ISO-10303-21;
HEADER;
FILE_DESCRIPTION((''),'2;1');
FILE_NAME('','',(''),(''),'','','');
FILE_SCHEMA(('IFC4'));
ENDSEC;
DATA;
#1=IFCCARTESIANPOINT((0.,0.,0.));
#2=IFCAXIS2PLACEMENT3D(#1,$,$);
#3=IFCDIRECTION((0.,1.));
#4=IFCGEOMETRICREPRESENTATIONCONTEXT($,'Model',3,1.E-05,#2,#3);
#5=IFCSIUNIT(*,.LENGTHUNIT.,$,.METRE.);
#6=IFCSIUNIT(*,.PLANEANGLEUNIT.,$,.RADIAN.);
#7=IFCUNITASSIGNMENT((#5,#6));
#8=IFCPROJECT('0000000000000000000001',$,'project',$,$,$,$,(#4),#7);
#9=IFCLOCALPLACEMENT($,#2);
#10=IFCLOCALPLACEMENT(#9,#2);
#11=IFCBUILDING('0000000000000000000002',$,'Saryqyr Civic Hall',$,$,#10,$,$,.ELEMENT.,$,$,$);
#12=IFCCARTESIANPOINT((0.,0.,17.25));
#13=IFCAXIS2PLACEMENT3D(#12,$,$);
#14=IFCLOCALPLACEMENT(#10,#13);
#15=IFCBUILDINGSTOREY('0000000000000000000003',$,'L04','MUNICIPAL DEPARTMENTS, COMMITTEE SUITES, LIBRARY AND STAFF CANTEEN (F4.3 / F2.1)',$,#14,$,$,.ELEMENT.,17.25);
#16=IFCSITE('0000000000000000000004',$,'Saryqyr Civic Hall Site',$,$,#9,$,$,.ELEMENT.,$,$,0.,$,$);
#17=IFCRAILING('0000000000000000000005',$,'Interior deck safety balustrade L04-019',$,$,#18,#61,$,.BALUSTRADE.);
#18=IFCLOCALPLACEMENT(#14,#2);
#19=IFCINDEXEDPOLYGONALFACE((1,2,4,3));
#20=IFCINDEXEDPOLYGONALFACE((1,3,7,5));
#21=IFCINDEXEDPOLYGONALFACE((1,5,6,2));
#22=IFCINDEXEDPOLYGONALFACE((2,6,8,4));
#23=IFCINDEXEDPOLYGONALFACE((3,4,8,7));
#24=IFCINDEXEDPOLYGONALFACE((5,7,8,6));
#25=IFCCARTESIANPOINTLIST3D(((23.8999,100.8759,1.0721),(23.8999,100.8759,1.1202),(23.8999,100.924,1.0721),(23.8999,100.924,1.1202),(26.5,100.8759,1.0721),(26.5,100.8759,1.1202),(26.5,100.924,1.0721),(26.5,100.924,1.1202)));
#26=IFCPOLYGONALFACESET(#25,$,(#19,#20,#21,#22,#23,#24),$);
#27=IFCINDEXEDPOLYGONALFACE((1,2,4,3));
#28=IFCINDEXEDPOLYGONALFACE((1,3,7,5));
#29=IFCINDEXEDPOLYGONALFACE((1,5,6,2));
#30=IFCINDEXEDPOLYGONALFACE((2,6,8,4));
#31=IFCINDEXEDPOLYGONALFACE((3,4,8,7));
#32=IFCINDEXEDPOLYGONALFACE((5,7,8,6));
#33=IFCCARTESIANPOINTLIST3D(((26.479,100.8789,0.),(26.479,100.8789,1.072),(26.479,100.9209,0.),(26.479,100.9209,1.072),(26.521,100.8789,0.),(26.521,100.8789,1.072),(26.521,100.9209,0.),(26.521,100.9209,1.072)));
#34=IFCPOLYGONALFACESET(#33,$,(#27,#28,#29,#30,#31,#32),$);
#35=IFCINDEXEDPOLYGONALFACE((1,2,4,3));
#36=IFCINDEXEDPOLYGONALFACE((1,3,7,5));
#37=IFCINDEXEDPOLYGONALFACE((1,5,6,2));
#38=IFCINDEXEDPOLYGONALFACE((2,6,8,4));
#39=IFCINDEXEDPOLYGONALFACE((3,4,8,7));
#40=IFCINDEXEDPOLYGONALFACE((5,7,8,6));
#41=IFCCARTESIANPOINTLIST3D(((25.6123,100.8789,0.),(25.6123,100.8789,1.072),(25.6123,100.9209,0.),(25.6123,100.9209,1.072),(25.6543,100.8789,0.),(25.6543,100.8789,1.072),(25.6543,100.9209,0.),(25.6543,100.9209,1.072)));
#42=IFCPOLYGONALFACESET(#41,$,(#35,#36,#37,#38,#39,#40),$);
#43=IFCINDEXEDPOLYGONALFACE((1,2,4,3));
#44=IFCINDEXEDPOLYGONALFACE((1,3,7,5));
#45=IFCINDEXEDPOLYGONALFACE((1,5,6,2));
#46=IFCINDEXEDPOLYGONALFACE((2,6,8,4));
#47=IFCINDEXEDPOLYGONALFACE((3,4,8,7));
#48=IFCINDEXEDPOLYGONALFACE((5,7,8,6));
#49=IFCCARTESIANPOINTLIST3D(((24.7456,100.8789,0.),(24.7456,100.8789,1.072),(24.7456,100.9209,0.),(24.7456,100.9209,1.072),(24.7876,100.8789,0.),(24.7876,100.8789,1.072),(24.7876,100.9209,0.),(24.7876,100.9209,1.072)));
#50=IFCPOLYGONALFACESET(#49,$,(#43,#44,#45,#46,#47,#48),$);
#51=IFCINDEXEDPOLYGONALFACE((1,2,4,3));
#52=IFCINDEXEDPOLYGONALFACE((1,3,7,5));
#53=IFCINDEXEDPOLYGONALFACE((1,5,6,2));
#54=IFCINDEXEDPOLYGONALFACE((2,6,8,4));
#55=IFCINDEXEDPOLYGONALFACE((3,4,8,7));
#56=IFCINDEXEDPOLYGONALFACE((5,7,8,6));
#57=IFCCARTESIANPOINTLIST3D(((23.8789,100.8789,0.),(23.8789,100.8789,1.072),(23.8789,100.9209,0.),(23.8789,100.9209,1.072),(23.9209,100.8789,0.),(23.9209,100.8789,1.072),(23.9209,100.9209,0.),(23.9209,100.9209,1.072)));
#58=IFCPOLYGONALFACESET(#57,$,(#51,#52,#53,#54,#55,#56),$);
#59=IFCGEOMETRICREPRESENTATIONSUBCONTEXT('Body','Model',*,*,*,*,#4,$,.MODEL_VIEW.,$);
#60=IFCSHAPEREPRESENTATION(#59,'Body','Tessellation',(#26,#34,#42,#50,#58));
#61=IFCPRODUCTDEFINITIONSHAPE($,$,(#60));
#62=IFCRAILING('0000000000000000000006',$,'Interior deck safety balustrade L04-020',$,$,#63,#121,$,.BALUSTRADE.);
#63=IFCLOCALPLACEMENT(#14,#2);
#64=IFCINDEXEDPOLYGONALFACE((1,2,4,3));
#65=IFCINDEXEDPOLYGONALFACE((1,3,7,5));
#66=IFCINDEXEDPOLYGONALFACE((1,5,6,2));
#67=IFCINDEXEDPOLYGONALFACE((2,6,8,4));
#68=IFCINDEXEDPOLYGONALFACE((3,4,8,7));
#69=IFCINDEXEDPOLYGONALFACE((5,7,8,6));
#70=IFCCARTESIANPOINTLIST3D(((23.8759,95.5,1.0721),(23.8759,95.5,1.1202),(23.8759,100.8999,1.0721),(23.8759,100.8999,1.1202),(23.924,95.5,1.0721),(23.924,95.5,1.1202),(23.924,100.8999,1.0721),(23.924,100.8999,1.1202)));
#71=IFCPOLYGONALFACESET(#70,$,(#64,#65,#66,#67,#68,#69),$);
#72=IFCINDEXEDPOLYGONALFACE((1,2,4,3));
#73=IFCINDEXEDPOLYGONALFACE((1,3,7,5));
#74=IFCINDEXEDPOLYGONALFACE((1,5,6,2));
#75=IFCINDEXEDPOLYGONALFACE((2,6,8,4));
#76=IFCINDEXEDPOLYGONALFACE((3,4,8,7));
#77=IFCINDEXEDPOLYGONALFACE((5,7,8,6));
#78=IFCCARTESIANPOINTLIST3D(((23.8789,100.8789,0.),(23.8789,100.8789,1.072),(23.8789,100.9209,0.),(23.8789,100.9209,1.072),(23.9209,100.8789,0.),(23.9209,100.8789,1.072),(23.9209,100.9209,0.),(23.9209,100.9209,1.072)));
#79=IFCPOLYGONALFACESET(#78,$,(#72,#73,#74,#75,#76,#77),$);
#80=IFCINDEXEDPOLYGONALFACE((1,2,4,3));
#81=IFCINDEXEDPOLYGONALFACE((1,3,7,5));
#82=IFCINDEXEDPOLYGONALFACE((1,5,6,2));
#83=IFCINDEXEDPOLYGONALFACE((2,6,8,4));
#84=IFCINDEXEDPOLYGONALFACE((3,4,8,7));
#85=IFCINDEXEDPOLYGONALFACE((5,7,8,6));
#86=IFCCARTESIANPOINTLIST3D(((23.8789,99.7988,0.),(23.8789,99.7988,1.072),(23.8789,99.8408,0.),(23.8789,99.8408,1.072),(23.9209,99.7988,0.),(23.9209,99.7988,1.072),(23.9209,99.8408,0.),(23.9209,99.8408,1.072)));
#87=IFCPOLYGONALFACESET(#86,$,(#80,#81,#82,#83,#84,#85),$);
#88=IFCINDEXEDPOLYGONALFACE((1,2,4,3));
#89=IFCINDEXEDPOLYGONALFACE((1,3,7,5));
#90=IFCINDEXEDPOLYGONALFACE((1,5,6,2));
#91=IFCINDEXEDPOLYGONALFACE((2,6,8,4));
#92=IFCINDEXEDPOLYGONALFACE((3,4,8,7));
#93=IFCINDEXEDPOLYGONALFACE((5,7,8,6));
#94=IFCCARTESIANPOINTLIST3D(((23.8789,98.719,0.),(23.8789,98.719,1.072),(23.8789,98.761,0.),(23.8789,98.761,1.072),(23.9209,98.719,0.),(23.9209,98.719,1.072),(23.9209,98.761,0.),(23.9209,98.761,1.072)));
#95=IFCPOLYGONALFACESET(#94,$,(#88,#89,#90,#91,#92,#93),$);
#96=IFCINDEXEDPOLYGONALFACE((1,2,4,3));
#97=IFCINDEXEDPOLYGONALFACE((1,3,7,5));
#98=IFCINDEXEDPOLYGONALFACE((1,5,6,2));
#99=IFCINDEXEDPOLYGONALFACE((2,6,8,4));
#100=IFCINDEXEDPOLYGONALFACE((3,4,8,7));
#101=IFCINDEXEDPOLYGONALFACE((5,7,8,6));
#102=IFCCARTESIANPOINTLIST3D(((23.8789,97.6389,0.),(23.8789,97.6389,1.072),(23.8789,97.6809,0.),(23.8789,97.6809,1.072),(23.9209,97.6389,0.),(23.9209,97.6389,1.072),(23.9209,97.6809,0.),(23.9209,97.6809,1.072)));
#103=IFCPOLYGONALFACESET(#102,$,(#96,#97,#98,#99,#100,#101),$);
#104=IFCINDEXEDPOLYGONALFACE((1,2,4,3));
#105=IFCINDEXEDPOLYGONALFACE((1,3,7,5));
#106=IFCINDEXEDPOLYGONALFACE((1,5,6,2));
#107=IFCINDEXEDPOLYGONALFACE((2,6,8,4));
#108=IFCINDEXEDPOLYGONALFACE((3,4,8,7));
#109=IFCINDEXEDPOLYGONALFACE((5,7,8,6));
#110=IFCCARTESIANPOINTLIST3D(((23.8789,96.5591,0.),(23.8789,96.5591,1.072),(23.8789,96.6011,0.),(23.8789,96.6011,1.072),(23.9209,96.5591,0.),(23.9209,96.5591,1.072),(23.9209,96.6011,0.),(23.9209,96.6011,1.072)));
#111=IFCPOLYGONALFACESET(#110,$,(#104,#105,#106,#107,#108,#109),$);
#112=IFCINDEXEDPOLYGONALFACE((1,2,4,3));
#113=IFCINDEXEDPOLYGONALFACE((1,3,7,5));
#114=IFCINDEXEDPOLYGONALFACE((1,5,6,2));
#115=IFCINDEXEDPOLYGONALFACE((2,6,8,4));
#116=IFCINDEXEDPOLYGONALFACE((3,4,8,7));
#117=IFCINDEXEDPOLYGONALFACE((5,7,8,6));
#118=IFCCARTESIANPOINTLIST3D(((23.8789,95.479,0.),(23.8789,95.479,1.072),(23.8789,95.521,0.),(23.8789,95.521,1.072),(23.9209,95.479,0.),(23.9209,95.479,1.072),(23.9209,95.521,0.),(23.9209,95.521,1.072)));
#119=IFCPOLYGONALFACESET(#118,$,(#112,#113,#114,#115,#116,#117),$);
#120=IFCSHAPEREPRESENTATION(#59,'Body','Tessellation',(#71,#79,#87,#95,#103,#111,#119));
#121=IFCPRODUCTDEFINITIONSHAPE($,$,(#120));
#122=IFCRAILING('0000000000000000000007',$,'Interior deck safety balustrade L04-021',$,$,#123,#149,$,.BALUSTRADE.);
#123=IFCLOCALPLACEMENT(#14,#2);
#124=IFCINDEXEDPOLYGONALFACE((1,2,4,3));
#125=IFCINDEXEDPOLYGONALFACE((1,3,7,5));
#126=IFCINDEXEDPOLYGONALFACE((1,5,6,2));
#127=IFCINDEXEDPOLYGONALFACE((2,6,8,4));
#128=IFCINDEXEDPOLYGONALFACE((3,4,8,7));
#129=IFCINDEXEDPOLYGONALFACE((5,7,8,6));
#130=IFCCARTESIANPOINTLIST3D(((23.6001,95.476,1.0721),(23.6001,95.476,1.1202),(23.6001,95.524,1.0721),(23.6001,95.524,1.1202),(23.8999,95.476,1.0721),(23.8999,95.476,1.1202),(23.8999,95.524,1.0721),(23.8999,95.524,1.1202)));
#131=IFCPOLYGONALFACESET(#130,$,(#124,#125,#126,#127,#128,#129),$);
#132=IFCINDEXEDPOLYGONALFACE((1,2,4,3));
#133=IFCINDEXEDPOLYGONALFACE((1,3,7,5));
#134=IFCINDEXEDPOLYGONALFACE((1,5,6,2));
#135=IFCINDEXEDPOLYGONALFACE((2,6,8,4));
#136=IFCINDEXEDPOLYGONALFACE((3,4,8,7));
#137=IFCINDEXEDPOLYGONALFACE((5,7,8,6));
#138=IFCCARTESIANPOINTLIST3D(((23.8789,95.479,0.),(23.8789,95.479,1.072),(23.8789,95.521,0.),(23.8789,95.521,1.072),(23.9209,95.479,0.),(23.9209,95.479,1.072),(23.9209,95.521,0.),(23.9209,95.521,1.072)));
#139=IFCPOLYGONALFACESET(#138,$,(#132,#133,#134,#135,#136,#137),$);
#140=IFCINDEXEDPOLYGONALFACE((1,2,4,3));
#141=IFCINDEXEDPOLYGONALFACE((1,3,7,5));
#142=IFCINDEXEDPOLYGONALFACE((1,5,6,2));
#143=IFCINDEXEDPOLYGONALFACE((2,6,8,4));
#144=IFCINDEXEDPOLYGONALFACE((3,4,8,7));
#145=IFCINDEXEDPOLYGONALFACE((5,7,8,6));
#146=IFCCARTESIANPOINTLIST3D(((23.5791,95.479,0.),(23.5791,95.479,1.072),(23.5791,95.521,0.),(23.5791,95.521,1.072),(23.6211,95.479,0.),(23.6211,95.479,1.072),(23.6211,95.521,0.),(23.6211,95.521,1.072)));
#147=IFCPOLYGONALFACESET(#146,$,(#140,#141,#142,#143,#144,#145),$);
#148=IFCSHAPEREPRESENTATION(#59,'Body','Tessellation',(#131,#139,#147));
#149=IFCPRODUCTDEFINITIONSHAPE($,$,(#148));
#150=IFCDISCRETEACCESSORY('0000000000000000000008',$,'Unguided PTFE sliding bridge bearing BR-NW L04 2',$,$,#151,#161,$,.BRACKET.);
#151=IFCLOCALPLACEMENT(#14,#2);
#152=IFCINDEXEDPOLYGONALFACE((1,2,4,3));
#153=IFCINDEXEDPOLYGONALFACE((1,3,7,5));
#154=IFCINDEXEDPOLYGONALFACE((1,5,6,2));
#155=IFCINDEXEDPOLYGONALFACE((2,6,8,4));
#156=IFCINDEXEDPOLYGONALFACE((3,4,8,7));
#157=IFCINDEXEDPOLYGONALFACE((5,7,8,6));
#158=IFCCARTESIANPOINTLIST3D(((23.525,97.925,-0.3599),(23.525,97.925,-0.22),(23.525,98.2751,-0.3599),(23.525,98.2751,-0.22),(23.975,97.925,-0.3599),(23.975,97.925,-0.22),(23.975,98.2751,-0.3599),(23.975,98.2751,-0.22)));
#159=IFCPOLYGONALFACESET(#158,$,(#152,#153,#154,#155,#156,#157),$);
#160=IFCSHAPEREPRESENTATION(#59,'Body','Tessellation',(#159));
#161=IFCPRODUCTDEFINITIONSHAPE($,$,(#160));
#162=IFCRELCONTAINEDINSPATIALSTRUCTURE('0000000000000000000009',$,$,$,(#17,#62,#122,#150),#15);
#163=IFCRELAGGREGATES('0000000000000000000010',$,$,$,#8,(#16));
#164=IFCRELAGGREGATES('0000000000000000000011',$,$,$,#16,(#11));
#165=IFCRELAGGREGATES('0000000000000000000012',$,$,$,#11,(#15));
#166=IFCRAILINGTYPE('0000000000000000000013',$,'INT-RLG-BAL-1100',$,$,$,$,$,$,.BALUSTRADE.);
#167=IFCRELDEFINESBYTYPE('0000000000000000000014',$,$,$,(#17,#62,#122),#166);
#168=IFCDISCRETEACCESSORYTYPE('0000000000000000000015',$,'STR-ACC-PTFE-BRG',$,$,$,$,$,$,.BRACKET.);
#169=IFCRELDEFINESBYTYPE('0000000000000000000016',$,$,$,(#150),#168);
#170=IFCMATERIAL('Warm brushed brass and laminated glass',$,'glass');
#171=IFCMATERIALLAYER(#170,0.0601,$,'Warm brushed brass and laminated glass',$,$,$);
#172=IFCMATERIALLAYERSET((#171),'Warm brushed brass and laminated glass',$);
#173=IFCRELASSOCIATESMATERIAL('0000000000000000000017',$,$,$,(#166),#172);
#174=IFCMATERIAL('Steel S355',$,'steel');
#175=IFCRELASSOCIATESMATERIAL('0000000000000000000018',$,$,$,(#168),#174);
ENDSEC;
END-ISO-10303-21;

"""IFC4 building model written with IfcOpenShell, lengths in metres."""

from ifc_helpers import new_model, si_unit, direction, frame, origin, origin_2d, place, context, subcontext, project, spatial, rectangle, extrude, material, layer, layer_set, type_object, element, save


model = new_model("IFC4")

# Units and contexts
model_context = context("Model", 3, precision=1e-05, world=origin(), true_north=direction((0.0, 1.0)))
body_context = subcontext(model_context, "Body", "Model", "MODEL_VIEW")
ifc_project = project(units=[si_unit("LENGTHUNIT", "METRE"), si_unit("PLANEANGLEUNIT", "RADIAN")], contexts=[model_context])

# Site, building, storey
site_placement = place(None, origin())
site = spatial("IfcSite", under=ifc_project, at=site_placement, Name="Saryqyr Civic Hall Site", CompositionType="ELEMENT", RefElevation=0.0)
building_placement = place(site_placement, origin())
building = spatial("IfcBuilding", under=site, at=building_placement, Name="Saryqyr Civic Hall", CompositionType="ELEMENT")
storey_placement = place(building_placement, frame((0.0, 0.0, 17.25)))
storey = spatial("IfcBuildingStorey", under=building, at=storey_placement, Name="L04", Description="MUNICIPAL DEPARTMENTS, COMMITTEE SUITES, LIBRARY AND STAFF CANTEEN (F4.3 / F2.1)", CompositionType="ELEMENT", Elevation=17.25)

# Shared definitions
ifc_material_1 = material(Name="Steel S355", Category="steel")

# Railings
ifc_material_2 = material(Name="Warm brushed brass and laminated glass", Category="glass")
ifc_layer_1 = layer(ifc_material_2, 0.0601, Name="Warm brushed brass and laminated glass")
ifc_layer_set_1 = layer_set([ifc_layer_1], Name="Warm brushed brass and laminated glass")
railing_type_1 = type_object("IfcRailingType", Name="INT-RLG-BAL-1100", PredefinedType="BALUSTRADE", material=ifc_layer_set_1)
railing_1_placement = place(storey_placement, frame((26.5, 100.8999, 0.0)))
element("IfcRailing", 1, at=railing_1_placement, inside=storey, type_object=railing_type_1, Name="Interior deck safety balustrade L04-019", PredefinedType="BALUSTRADE", context=body_context, shape_type="SweptSolid", body=[
    extrude(rectangle(XDim=0.0481, YDim=0.0481, at=origin_2d()), frame((0.0, 0.0, 1.0962), z_axis=(-1.0, 0.0, 0.0), x_axis=(0.0, -1.0, 0.0)), (0.0, 0.0, 1.0), 2.6001),
    extrude(rectangle(XDim=0.042, YDim=0.042, at=origin_2d()), origin(), (0.0, 0.0, 1.0), 1.072),
    extrude(rectangle(XDim=0.042, YDim=0.042, at=origin_2d()), frame((-0.8667, 0.0, 0.0)), (0.0, 0.0, 1.0), 1.072),
    extrude(rectangle(XDim=0.042, YDim=0.042, at=origin_2d()), frame((-1.7334, 0.0, 0.0)), (0.0, 0.0, 1.0), 1.072),
    extrude(rectangle(XDim=0.042, YDim=0.042, at=origin_2d()), frame((-2.6001, 0.0, 0.0)), (0.0, 0.0, 1.0), 1.072),
])
railing_2_placement = place(storey_placement, frame((23.8999, 100.8999, 0.0)))
element("IfcRailing", 2, at=railing_2_placement, inside=storey, type_object=railing_type_1, Name="Interior deck safety balustrade L04-020", PredefinedType="BALUSTRADE", context=body_context, shape_type="SweptSolid", body=[
    extrude(rectangle(XDim=0.0481, YDim=0.0481, at=origin_2d()), frame((0.0, 0.0, 1.0962), z_axis=(0.0, -1.0, 0.0), x_axis=(1.0, 0.0, 0.0)), (0.0, 0.0, 1.0), 5.3999),
    extrude(rectangle(XDim=0.042, YDim=0.042, at=origin_2d()), origin(), (0.0, 0.0, 1.0), 1.072),
    extrude(rectangle(XDim=0.042, YDim=0.042, at=origin_2d()), frame((0.0, -1.0801, 0.0)), (0.0, 0.0, 1.0), 1.072),
    extrude(rectangle(XDim=0.042, YDim=0.042, at=origin_2d()), frame((0.0, -2.1599, 0.0)), (0.0, 0.0, 1.0), 1.072),
    extrude(rectangle(XDim=0.042, YDim=0.042, at=origin_2d()), frame((0.0, -3.24, 0.0)), (0.0, 0.0, 1.0), 1.072),
    extrude(rectangle(XDim=0.042, YDim=0.042, at=origin_2d()), frame((0.0, -4.3198, 0.0)), (0.0, 0.0, 1.0), 1.072),
    extrude(rectangle(XDim=0.042, YDim=0.042, at=origin_2d()), frame((0.0, -5.3999, 0.0)), (0.0, 0.0, 1.0), 1.072),
])
railing_3_placement = place(storey_placement, frame((23.8999, 95.5, 0.0)))
element("IfcRailing", 3, at=railing_3_placement, inside=storey, type_object=railing_type_1, Name="Interior deck safety balustrade L04-021", PredefinedType="BALUSTRADE", context=body_context, shape_type="SweptSolid", body=[
    extrude(rectangle(XDim=0.0481, YDim=0.0481, at=origin_2d()), frame((0.0, 0.0, 1.0962), z_axis=(-1.0, 0.0, 0.0), x_axis=(0.0, -1.0, 0.0)), (0.0, 0.0, 1.0), 0.2998),
    extrude(rectangle(XDim=0.042, YDim=0.042, at=origin_2d()), origin(), (0.0, 0.0, 1.0), 1.072),
    extrude(rectangle(XDim=0.042, YDim=0.042, at=origin_2d()), frame((-0.2998, 0.0, 0.0)), (0.0, 0.0, 1.0), 1.072),
])

# Discrete accessory
discrete_accessory_type = type_object("IfcDiscreteAccessoryType", Name="STR-ACC-PTFE-BRG", PredefinedType="BRACKET", material=ifc_material_1)
discrete_accessory_placement = place(storey_placement, frame((23.75, 98.1001, -0.3599), z_axis=(0.0, 0.0, 1.0), x_axis=(1.0, 0.0, 0.0)))
element("IfcDiscreteAccessory", 4, at=discrete_accessory_placement, inside=storey, type_object=discrete_accessory_type, Name="Unguided PTFE sliding bridge bearing BR-NW L04 2", PredefinedType="BRACKET", context=body_context, shape_type="SweptSolid", body=[
    extrude(rectangle(XDim=0.45, YDim=0.3501, at=origin_2d()), origin(), (0.0, 0.0, 1.0), 0.1399),
])

save(model, "model.ifc")
